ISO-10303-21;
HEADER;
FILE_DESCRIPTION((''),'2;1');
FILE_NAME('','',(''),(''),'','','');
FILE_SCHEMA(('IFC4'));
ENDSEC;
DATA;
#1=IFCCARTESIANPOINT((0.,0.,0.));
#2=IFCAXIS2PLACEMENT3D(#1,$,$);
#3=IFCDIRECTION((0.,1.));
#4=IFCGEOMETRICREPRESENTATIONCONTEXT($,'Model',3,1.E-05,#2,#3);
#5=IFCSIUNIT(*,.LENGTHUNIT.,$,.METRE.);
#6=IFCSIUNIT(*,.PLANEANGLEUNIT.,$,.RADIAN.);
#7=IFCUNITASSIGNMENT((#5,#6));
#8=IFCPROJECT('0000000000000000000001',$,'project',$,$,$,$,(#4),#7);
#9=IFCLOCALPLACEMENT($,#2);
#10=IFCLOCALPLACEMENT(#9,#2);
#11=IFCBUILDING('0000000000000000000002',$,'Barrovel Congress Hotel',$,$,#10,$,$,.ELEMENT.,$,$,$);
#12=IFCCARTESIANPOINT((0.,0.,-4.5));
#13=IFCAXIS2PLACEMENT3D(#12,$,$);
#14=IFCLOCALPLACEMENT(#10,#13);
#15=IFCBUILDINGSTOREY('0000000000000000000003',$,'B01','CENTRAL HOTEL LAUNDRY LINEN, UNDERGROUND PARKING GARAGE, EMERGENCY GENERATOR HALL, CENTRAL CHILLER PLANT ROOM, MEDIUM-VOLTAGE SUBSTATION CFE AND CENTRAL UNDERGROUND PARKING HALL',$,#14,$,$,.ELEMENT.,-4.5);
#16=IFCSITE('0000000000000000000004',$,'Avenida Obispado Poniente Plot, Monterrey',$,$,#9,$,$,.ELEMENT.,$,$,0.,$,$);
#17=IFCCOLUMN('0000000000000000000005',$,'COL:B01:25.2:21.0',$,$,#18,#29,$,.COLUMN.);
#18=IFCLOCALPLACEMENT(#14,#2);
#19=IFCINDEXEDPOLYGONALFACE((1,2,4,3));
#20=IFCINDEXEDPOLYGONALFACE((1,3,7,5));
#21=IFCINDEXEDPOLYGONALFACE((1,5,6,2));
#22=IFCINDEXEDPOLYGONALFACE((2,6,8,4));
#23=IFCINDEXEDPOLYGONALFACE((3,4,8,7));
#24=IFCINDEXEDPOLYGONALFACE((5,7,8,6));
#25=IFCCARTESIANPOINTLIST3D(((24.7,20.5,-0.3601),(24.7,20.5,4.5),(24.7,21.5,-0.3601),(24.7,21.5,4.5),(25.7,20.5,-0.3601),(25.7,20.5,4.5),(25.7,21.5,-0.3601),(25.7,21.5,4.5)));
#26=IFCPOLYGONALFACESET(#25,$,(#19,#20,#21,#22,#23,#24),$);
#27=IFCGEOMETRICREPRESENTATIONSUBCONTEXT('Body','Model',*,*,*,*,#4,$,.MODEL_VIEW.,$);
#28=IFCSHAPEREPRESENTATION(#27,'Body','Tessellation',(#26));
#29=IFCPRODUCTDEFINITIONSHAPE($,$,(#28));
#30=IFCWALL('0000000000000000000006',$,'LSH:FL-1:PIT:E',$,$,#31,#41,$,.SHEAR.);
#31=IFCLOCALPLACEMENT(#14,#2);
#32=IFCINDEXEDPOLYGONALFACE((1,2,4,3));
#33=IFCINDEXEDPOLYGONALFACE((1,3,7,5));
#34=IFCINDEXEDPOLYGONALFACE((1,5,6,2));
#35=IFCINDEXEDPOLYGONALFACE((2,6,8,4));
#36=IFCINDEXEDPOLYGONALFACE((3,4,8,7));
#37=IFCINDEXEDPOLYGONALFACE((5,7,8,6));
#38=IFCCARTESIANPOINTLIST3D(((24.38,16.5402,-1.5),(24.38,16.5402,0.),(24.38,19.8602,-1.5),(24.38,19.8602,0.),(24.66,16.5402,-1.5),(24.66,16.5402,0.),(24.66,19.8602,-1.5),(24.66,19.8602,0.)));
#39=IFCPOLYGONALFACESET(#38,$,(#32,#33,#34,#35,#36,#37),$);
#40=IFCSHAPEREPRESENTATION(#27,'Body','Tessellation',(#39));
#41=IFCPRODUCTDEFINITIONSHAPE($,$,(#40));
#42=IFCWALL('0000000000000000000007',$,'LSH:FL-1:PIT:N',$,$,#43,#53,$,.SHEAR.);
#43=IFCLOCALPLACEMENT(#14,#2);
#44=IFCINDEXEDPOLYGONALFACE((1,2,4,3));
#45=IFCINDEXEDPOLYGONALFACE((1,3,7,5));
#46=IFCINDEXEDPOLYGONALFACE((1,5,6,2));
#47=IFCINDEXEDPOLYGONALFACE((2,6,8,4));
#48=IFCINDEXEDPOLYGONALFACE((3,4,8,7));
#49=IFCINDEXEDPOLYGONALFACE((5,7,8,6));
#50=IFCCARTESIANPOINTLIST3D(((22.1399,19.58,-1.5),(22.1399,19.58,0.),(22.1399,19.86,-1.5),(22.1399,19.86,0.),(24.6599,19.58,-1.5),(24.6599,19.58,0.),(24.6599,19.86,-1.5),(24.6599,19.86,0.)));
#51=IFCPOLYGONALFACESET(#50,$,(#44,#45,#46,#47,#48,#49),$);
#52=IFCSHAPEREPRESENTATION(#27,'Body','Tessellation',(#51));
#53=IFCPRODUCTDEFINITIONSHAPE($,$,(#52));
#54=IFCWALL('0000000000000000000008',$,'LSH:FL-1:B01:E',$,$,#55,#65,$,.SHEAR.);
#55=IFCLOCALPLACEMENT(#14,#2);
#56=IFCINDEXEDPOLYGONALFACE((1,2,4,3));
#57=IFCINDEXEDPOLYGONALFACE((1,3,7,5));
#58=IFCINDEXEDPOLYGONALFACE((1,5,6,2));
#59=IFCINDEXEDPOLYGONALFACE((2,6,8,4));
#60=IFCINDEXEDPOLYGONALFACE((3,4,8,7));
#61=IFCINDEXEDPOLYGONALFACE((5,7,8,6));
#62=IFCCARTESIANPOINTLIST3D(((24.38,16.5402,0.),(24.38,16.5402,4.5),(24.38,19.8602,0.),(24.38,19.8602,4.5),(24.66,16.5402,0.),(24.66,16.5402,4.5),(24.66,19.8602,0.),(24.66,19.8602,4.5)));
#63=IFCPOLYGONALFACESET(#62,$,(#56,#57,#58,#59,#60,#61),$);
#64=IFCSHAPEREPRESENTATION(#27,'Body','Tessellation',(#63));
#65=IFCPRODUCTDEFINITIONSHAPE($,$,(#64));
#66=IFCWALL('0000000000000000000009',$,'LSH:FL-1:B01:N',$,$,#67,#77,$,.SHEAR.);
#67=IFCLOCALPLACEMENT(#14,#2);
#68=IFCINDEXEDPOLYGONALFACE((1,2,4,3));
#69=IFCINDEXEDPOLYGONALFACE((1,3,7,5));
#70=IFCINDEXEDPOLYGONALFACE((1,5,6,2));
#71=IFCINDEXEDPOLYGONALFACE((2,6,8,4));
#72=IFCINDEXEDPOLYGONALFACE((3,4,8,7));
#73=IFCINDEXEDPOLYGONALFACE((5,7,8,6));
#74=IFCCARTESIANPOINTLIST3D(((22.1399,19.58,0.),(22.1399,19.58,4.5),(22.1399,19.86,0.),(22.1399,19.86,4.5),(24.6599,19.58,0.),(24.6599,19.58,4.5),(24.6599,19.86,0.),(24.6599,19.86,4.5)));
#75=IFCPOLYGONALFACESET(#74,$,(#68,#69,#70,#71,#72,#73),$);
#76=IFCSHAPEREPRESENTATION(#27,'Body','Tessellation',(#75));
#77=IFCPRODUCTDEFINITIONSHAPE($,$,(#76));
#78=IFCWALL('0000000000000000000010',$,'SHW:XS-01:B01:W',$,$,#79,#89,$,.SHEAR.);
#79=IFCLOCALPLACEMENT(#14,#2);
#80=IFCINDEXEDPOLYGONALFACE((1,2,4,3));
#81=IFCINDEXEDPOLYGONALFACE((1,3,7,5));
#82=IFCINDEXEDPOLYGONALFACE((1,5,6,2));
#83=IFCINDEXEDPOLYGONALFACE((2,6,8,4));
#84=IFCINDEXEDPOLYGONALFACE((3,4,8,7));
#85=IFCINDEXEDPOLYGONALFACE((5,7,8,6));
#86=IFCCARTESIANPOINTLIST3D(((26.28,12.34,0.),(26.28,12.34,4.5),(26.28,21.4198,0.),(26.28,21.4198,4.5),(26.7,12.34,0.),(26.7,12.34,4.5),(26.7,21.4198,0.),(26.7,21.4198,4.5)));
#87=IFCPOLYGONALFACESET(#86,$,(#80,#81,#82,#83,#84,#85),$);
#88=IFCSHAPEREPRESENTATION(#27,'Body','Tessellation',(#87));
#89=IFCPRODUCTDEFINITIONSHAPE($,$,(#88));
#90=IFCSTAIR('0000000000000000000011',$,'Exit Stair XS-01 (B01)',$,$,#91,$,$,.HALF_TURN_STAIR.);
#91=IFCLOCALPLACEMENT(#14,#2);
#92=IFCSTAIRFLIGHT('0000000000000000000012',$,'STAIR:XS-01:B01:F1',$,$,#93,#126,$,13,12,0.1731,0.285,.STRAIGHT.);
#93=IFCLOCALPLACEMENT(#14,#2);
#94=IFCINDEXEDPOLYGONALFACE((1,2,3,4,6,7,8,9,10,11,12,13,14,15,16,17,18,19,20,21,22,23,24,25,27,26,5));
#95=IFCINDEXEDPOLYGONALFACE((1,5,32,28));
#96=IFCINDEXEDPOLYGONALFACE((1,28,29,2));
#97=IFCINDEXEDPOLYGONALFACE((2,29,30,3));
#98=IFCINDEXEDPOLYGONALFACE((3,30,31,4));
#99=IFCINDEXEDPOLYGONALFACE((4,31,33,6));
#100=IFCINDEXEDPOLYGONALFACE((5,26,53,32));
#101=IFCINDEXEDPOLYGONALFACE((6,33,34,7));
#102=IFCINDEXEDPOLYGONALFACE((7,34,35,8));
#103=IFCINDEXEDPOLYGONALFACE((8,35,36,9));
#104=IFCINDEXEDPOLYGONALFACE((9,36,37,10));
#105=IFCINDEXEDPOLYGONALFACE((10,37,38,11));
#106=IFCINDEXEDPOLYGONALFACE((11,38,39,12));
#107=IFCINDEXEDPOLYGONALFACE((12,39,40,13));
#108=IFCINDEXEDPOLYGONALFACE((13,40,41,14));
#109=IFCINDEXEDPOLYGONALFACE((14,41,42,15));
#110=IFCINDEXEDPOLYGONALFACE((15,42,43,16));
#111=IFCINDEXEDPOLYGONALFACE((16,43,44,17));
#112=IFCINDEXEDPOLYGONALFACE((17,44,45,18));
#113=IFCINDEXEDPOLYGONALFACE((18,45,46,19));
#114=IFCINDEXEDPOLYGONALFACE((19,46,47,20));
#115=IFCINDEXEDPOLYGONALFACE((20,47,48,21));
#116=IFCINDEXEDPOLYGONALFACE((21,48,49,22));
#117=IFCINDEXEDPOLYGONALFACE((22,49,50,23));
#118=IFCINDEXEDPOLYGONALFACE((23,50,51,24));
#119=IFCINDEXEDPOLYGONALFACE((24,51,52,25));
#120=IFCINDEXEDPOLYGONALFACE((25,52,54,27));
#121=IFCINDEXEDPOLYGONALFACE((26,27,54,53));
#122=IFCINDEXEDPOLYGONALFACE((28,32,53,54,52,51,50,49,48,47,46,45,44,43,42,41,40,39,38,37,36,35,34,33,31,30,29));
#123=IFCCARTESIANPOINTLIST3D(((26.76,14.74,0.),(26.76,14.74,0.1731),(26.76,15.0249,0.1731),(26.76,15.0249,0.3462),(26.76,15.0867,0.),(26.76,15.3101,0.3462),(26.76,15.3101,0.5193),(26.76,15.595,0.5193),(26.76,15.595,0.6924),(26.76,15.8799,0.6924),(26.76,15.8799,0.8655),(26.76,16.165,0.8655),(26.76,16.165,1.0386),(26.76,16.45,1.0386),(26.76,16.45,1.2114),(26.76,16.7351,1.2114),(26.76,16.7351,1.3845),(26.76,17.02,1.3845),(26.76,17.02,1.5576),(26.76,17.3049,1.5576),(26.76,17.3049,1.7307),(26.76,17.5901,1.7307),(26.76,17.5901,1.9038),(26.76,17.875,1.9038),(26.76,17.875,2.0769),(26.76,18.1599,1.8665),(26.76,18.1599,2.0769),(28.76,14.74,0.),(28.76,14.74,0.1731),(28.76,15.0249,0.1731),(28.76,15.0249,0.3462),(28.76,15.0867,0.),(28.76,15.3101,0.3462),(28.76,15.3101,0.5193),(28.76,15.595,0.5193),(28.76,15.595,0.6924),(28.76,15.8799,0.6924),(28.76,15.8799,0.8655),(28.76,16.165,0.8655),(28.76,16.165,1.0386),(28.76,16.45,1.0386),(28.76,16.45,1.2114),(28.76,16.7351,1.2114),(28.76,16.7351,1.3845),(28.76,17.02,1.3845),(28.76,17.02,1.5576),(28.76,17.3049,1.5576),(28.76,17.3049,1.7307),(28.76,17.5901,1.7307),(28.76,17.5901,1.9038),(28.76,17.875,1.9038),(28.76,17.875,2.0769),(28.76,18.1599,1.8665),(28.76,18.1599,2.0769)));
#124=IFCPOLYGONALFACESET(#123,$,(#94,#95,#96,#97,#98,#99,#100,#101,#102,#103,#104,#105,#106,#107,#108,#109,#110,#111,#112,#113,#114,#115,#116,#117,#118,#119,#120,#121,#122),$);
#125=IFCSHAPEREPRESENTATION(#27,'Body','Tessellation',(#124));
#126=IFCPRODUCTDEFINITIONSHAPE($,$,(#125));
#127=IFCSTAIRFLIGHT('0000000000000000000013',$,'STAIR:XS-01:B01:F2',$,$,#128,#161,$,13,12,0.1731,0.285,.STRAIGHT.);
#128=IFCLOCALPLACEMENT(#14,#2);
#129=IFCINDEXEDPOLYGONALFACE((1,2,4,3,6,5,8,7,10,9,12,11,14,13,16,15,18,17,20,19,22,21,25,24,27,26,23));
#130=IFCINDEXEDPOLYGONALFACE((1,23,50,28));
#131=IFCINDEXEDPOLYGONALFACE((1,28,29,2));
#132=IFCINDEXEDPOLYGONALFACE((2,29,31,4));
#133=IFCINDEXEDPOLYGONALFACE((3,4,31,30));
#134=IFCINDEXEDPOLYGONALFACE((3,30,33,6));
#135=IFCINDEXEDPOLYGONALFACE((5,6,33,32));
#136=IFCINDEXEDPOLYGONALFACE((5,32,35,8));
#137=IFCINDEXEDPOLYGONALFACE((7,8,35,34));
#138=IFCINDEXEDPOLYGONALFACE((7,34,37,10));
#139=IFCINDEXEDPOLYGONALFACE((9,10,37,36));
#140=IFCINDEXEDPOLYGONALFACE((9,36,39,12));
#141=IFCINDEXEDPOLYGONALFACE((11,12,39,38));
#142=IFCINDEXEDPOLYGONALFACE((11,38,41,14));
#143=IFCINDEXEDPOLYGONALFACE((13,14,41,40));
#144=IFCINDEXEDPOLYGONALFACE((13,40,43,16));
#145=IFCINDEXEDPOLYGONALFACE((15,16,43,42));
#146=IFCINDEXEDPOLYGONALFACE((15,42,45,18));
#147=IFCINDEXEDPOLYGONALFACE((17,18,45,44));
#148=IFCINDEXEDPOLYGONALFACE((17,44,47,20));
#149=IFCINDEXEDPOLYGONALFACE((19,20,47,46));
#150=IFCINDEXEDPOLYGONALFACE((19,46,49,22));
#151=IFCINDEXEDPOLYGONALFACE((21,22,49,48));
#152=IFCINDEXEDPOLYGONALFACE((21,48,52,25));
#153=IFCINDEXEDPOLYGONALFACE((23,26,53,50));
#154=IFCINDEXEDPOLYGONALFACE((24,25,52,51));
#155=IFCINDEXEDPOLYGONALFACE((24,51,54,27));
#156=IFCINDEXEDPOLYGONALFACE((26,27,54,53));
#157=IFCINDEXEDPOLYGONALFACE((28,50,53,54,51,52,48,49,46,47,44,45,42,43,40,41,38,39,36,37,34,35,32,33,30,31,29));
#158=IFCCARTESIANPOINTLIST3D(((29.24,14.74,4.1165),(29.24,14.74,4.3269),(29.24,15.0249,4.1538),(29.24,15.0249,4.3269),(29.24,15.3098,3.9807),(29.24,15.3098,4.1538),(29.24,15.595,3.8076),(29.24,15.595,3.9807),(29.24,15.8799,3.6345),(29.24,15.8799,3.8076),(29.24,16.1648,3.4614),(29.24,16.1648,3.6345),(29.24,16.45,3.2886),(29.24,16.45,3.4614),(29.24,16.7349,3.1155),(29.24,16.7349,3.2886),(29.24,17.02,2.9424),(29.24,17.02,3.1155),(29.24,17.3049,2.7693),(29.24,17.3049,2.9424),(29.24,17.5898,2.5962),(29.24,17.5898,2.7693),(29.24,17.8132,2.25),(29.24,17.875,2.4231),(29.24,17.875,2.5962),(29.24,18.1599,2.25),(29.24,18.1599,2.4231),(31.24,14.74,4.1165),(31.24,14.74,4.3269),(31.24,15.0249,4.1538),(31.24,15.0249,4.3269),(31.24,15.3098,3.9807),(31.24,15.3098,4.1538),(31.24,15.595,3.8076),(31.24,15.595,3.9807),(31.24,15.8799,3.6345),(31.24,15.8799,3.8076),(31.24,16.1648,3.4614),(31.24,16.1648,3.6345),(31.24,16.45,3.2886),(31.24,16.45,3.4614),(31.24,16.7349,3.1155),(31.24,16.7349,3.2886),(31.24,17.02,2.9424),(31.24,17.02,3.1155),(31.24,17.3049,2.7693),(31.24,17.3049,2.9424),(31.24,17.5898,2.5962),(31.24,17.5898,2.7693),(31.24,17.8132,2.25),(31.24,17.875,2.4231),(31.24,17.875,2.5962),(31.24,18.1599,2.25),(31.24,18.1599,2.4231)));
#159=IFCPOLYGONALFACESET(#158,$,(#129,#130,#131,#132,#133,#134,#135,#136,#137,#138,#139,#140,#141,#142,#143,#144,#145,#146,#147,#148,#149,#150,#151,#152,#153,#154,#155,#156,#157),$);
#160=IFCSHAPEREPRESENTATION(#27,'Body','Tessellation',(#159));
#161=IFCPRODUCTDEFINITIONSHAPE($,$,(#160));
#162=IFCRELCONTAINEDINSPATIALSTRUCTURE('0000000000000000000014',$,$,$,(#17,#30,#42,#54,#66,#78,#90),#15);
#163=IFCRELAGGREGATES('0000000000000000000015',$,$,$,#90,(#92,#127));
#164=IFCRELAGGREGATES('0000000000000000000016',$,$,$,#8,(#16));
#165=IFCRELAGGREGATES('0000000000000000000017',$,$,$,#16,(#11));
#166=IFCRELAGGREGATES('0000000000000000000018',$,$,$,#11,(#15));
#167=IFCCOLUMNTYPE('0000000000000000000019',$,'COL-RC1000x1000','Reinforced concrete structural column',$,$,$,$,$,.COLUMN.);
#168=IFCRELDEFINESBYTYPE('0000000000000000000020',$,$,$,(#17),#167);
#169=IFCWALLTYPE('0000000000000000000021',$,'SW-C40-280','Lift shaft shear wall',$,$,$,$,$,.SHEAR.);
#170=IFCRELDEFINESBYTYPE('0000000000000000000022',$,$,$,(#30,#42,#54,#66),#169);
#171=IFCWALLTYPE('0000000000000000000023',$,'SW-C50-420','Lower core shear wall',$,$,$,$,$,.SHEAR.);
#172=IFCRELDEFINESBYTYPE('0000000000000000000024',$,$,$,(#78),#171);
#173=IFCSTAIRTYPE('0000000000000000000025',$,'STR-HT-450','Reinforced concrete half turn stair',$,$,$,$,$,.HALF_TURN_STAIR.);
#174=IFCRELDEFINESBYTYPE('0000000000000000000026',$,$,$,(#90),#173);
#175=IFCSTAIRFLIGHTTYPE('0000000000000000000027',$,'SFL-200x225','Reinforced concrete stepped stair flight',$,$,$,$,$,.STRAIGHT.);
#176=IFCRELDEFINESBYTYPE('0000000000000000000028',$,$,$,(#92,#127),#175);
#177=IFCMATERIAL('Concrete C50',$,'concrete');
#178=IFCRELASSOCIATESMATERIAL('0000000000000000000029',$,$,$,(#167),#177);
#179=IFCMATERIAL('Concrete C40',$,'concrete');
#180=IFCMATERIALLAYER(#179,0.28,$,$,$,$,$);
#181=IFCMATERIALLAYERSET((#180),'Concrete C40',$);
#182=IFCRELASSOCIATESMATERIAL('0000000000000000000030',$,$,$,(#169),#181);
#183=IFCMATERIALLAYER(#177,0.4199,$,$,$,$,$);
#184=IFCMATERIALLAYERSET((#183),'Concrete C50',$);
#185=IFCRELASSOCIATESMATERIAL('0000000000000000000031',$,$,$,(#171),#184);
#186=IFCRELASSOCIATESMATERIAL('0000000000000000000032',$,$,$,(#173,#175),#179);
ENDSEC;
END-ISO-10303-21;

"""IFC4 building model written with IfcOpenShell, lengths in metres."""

from ifc_helpers import new_model, si_unit, direction, frame, frame_2d, origin, origin_2d, place, context, subcontext, project, spatial, polyline, rectangle, outline, extrude, material, layer, layer_set, material_profile, profile_set, type_object, element, aggregate, save


model = new_model("IFC4")

# Units and contexts
model_context = context("Model", 3, precision=1e-05, world=origin(), true_north=direction((0.0, 1.0)))
body_context = subcontext(model_context, "Body", "Model", "MODEL_VIEW")
ifc_project = project(units=[si_unit("LENGTHUNIT", "METRE"), si_unit("PLANEANGLEUNIT", "RADIAN")], contexts=[model_context])

# Site, building, storey
site_placement = place(None, origin())
site = spatial("IfcSite", under=ifc_project, at=site_placement, Name="Avenida Obispado Poniente Plot, Monterrey", CompositionType="ELEMENT", RefElevation=0.0)
building_placement = place(site_placement, origin())
building = spatial("IfcBuilding", under=site, at=building_placement, Name="Barrovel Congress Hotel", CompositionType="ELEMENT")
storey_placement = place(building_placement, frame((0.0, 0.0, -4.5)))
storey = spatial("IfcBuildingStorey", under=building, at=storey_placement, Name="B01", Description="CENTRAL HOTEL LAUNDRY LINEN, UNDERGROUND PARKING GARAGE, EMERGENCY GENERATOR HALL, CENTRAL CHILLER PLANT ROOM, MEDIUM-VOLTAGE SUBSTATION CFE AND CENTRAL UNDERGROUND PARKING HALL", CompositionType="ELEMENT", Elevation=-4.5)

# Shared definitions
ifc_material_1 = material(Name="Concrete C40", Category="concrete")

# Column
ifc_material_2 = material(Name="Concrete C50", Category="concrete")
ifc_material_profile_1 = material_profile(ifc_material_2, rectangle(XDim=1.0, YDim=1.0, at=origin_2d()), Name="RC1000x1000")
ifc_profile_set_1 = profile_set([ifc_material_profile_1], Name="Concrete C50")
column_type = type_object("IfcColumnType", Name="COL-RC1000x1000", Description="Reinforced concrete structural column", PredefinedType="COLUMN", material=ifc_profile_set_1)
for number, where, z_axis, x_axis, name in (
    (1, (25.2, 21.0, -0.3601), (0.0, 0.0, 1.0), (1.0, 0.0, 0.0), "COL:B01:25.2:21.0"),
):
    element("IfcColumn", number, at=place(storey_placement, frame(where, z_axis=z_axis, x_axis=x_axis)), inside=storey, type_object=column_type, Name=name, PredefinedType="COLUMN", context=body_context, shape_type="SweptSolid", body=[
        extrude(rectangle(XDim=1.0, YDim=1.0, at=origin_2d()), origin(), (0.0, 0.0, 1.0), 4.8601),
    ])

# Walls
ifc_layer_1 = layer(ifc_material_1, 0.28)
ifc_layer_set_1 = layer_set([ifc_layer_1], Name="Concrete C40")
wall_type_1 = type_object("IfcWallType", Name="SW-C40-280", Description="Lift shaft shear wall", PredefinedType="SHEAR", material=ifc_layer_set_1)
wall_1_placement = place(storey_placement, frame((24.52, 16.54, -1.5), z_axis=(0.0, 0.0, 1.0), x_axis=(0.0, 1.0, 0.0)))
element("IfcWall", 2, at=wall_1_placement, inside=storey, type_object=wall_type_1, Name="LSH:FL-1:PIT:E", PredefinedType="SHEAR", context=body_context, shape_type="SweptSolid", body=[
    extrude(rectangle(XDim=3.3201, YDim=0.28, at=frame_2d((1.6602, 0.0))), origin(), (0.0, 0.0, 1.0), 1.5),
])
wall_2_placement = place(storey_placement, frame((24.6599, 19.72, -1.5), z_axis=(0.0, 0.0, 1.0), x_axis=(-1.0, 0.0, 0.0)))
element("IfcWall", 3, at=wall_2_placement, inside=storey, type_object=wall_type_1, Name="LSH:FL-1:PIT:N", PredefinedType="SHEAR", context=body_context, shape_type="SweptSolid", body=[
    extrude(rectangle(XDim=2.52, YDim=0.28, at=frame_2d((1.26, 0.0))), origin(), (0.0, 0.0, 1.0), 1.5),
])
wall_3_placement = place(storey_placement, frame((24.52, 16.54, 0.0), z_axis=(0.0, 0.0, 1.0), x_axis=(0.0, 1.0, 0.0)))
element("IfcWall", 4, at=wall_3_placement, inside=storey, type_object=wall_type_1, Name="LSH:FL-1:B01:E", PredefinedType="SHEAR", context=body_context, shape_type="SweptSolid", body=[
    extrude(rectangle(XDim=3.3201, YDim=0.28, at=frame_2d((1.6602, 0.0))), origin(), (0.0, 0.0, 1.0), 4.5),
])
wall_4_placement = place(storey_placement, frame((24.6599, 19.72, 0.0), z_axis=(0.0, 0.0, 1.0), x_axis=(-1.0, 0.0, 0.0)))
element("IfcWall", 5, at=wall_4_placement, inside=storey, type_object=wall_type_1, Name="LSH:FL-1:B01:N", PredefinedType="SHEAR", context=body_context, shape_type="SweptSolid", body=[
    extrude(rectangle(XDim=2.52, YDim=0.28, at=frame_2d((1.26, 0.0))), origin(), (0.0, 0.0, 1.0), 4.5),
])

# Shared definitions
ifc_layer_2 = layer(ifc_material_2, 0.4199)
ifc_layer_set_2 = layer_set([ifc_layer_2], Name="Concrete C50")
wall_type_2 = type_object("IfcWallType", Name="SW-C50-420", Description="Lower core shear wall", PredefinedType="SHEAR", material=ifc_layer_set_2)

# Wall
wall_5_placement = place(storey_placement, frame((26.49, 21.4199, 0.0), z_axis=(0.0, 0.0, 1.0), x_axis=(0.0, -1.0, 0.0)))
element("IfcWall", 6, at=wall_5_placement, inside=storey, type_object=wall_type_2, Name="SHW:XS-01:B01:W", PredefinedType="SHEAR", context=body_context, shape_type="SweptSolid", body=[
    extrude(rectangle(XDim=9.0798, YDim=0.4199, at=frame_2d((4.54, 0.0))), origin(), (0.0, 0.0, 1.0), 4.5),
])

# Stair, stair flights
stair_type = type_object("IfcStairType", Name="STR-HT-450", Description="Reinforced concrete half turn stair", PredefinedType="HALF_TURN_STAIR", material=ifc_material_1)
stair_placement = place(storey_placement, origin())
stair = element("IfcStair", 7, at=stair_placement, inside=storey, type_object=stair_type, Name="Exit Stair XS-01 (B01)", PredefinedType="HALF_TURN_STAIR")
stair_flight_type = type_object("IfcStairFlightType", Name="SFL-200x225", Description="Reinforced concrete stepped stair flight", PredefinedType="STRAIGHT", material=ifc_material_1)
stair_flight_1_placement = place(storey_placement, frame((27.76, 14.74, 0.0), z_axis=(0.0, 0.0, 1.0), x_axis=(0.0, 1.0, 0.0)))
stair_flight_1 = element("IfcStairFlight", 8, at=stair_flight_1_placement, type_object=stair_flight_type, Name="STAIR:XS-01:B01:F1", NumberOfRisers=13, NumberOfTreads=12, PredefinedType="STRAIGHT", RiserHeight=0.1731, TreadLength=0.285, context=body_context, shape_type="SweptSolid", body=[
    extrude(outline(polyline([(0.0, 0.0), (0.0, 0.1731), (0.2849, 0.1731), (0.2849, 0.3462), (0.5701, 0.3462), (0.5701, 0.5193), (0.855, 0.5193), (0.855, 0.6924), (1.1399, 0.6924), (1.1399, 0.8655), (1.425, 0.8655), (1.425, 1.0386), (1.71, 1.0386), (1.71, 1.2114), (1.9951, 1.2114), (1.9951, 1.3845), (2.28, 1.3845), (2.28, 1.5576), (2.5649, 1.5576), (2.5649, 1.7307), (2.8501, 1.7307), (2.8501, 1.9038), (3.135, 1.9038), (3.135, 2.0769), (3.4199, 2.0769), (3.4199, 2.25), (3.4199, 1.8665), (0.3467, 0.0), (0.0, 0.0)])), frame((0.0, 1.0, 0.0), z_axis=(0.0, -1.0, 0.0), x_axis=(1.0, 0.0, 0.0)), (0.0, 0.0, 1.0), 2.0),
])
stair_flight_2_placement = place(storey_placement, frame((30.24, 18.1599, 2.25), z_axis=(0.0, 0.0, 1.0), x_axis=(0.0, -1.0, 0.0)))
stair_flight_2 = element("IfcStairFlight", 9, at=stair_flight_2_placement, type_object=stair_flight_type, Name="STAIR:XS-01:B01:F2", NumberOfRisers=13, NumberOfTreads=12, PredefinedType="STRAIGHT", RiserHeight=0.1731, TreadLength=0.285, context=body_context, shape_type="SweptSolid", body=[
    extrude(outline(polyline([(0.0, 0.0), (0.0, 0.1731), (0.2849, 0.1731), (0.2849, 0.3462), (0.5701, 0.3462), (0.5701, 0.5193), (0.855, 0.5193), (0.855, 0.6924), (1.1399, 0.6924), (1.1399, 0.8655), (1.425, 0.8655), (1.425, 1.0386), (1.71, 1.0386), (1.71, 1.2114), (1.9951, 1.2114), (1.9951, 1.3845), (2.28, 1.3845), (2.28, 1.5576), (2.5649, 1.5576), (2.5649, 1.7307), (2.8501, 1.7307), (2.8501, 1.9038), (3.135, 1.9038), (3.135, 2.0769), (3.4199, 2.0769), (3.4199, 2.25), (3.4199, 1.8665), (0.3467, 0.0), (0.0, 0.0)])), frame((0.0, 1.0, 0.0), z_axis=(0.0, -1.0, 0.0), x_axis=(1.0, 0.0, 0.0)), (0.0, 0.0, 1.0), 2.0),
])
aggregate(stair, [stair_flight_1, stair_flight_2])

save(model, "model.ifc")
